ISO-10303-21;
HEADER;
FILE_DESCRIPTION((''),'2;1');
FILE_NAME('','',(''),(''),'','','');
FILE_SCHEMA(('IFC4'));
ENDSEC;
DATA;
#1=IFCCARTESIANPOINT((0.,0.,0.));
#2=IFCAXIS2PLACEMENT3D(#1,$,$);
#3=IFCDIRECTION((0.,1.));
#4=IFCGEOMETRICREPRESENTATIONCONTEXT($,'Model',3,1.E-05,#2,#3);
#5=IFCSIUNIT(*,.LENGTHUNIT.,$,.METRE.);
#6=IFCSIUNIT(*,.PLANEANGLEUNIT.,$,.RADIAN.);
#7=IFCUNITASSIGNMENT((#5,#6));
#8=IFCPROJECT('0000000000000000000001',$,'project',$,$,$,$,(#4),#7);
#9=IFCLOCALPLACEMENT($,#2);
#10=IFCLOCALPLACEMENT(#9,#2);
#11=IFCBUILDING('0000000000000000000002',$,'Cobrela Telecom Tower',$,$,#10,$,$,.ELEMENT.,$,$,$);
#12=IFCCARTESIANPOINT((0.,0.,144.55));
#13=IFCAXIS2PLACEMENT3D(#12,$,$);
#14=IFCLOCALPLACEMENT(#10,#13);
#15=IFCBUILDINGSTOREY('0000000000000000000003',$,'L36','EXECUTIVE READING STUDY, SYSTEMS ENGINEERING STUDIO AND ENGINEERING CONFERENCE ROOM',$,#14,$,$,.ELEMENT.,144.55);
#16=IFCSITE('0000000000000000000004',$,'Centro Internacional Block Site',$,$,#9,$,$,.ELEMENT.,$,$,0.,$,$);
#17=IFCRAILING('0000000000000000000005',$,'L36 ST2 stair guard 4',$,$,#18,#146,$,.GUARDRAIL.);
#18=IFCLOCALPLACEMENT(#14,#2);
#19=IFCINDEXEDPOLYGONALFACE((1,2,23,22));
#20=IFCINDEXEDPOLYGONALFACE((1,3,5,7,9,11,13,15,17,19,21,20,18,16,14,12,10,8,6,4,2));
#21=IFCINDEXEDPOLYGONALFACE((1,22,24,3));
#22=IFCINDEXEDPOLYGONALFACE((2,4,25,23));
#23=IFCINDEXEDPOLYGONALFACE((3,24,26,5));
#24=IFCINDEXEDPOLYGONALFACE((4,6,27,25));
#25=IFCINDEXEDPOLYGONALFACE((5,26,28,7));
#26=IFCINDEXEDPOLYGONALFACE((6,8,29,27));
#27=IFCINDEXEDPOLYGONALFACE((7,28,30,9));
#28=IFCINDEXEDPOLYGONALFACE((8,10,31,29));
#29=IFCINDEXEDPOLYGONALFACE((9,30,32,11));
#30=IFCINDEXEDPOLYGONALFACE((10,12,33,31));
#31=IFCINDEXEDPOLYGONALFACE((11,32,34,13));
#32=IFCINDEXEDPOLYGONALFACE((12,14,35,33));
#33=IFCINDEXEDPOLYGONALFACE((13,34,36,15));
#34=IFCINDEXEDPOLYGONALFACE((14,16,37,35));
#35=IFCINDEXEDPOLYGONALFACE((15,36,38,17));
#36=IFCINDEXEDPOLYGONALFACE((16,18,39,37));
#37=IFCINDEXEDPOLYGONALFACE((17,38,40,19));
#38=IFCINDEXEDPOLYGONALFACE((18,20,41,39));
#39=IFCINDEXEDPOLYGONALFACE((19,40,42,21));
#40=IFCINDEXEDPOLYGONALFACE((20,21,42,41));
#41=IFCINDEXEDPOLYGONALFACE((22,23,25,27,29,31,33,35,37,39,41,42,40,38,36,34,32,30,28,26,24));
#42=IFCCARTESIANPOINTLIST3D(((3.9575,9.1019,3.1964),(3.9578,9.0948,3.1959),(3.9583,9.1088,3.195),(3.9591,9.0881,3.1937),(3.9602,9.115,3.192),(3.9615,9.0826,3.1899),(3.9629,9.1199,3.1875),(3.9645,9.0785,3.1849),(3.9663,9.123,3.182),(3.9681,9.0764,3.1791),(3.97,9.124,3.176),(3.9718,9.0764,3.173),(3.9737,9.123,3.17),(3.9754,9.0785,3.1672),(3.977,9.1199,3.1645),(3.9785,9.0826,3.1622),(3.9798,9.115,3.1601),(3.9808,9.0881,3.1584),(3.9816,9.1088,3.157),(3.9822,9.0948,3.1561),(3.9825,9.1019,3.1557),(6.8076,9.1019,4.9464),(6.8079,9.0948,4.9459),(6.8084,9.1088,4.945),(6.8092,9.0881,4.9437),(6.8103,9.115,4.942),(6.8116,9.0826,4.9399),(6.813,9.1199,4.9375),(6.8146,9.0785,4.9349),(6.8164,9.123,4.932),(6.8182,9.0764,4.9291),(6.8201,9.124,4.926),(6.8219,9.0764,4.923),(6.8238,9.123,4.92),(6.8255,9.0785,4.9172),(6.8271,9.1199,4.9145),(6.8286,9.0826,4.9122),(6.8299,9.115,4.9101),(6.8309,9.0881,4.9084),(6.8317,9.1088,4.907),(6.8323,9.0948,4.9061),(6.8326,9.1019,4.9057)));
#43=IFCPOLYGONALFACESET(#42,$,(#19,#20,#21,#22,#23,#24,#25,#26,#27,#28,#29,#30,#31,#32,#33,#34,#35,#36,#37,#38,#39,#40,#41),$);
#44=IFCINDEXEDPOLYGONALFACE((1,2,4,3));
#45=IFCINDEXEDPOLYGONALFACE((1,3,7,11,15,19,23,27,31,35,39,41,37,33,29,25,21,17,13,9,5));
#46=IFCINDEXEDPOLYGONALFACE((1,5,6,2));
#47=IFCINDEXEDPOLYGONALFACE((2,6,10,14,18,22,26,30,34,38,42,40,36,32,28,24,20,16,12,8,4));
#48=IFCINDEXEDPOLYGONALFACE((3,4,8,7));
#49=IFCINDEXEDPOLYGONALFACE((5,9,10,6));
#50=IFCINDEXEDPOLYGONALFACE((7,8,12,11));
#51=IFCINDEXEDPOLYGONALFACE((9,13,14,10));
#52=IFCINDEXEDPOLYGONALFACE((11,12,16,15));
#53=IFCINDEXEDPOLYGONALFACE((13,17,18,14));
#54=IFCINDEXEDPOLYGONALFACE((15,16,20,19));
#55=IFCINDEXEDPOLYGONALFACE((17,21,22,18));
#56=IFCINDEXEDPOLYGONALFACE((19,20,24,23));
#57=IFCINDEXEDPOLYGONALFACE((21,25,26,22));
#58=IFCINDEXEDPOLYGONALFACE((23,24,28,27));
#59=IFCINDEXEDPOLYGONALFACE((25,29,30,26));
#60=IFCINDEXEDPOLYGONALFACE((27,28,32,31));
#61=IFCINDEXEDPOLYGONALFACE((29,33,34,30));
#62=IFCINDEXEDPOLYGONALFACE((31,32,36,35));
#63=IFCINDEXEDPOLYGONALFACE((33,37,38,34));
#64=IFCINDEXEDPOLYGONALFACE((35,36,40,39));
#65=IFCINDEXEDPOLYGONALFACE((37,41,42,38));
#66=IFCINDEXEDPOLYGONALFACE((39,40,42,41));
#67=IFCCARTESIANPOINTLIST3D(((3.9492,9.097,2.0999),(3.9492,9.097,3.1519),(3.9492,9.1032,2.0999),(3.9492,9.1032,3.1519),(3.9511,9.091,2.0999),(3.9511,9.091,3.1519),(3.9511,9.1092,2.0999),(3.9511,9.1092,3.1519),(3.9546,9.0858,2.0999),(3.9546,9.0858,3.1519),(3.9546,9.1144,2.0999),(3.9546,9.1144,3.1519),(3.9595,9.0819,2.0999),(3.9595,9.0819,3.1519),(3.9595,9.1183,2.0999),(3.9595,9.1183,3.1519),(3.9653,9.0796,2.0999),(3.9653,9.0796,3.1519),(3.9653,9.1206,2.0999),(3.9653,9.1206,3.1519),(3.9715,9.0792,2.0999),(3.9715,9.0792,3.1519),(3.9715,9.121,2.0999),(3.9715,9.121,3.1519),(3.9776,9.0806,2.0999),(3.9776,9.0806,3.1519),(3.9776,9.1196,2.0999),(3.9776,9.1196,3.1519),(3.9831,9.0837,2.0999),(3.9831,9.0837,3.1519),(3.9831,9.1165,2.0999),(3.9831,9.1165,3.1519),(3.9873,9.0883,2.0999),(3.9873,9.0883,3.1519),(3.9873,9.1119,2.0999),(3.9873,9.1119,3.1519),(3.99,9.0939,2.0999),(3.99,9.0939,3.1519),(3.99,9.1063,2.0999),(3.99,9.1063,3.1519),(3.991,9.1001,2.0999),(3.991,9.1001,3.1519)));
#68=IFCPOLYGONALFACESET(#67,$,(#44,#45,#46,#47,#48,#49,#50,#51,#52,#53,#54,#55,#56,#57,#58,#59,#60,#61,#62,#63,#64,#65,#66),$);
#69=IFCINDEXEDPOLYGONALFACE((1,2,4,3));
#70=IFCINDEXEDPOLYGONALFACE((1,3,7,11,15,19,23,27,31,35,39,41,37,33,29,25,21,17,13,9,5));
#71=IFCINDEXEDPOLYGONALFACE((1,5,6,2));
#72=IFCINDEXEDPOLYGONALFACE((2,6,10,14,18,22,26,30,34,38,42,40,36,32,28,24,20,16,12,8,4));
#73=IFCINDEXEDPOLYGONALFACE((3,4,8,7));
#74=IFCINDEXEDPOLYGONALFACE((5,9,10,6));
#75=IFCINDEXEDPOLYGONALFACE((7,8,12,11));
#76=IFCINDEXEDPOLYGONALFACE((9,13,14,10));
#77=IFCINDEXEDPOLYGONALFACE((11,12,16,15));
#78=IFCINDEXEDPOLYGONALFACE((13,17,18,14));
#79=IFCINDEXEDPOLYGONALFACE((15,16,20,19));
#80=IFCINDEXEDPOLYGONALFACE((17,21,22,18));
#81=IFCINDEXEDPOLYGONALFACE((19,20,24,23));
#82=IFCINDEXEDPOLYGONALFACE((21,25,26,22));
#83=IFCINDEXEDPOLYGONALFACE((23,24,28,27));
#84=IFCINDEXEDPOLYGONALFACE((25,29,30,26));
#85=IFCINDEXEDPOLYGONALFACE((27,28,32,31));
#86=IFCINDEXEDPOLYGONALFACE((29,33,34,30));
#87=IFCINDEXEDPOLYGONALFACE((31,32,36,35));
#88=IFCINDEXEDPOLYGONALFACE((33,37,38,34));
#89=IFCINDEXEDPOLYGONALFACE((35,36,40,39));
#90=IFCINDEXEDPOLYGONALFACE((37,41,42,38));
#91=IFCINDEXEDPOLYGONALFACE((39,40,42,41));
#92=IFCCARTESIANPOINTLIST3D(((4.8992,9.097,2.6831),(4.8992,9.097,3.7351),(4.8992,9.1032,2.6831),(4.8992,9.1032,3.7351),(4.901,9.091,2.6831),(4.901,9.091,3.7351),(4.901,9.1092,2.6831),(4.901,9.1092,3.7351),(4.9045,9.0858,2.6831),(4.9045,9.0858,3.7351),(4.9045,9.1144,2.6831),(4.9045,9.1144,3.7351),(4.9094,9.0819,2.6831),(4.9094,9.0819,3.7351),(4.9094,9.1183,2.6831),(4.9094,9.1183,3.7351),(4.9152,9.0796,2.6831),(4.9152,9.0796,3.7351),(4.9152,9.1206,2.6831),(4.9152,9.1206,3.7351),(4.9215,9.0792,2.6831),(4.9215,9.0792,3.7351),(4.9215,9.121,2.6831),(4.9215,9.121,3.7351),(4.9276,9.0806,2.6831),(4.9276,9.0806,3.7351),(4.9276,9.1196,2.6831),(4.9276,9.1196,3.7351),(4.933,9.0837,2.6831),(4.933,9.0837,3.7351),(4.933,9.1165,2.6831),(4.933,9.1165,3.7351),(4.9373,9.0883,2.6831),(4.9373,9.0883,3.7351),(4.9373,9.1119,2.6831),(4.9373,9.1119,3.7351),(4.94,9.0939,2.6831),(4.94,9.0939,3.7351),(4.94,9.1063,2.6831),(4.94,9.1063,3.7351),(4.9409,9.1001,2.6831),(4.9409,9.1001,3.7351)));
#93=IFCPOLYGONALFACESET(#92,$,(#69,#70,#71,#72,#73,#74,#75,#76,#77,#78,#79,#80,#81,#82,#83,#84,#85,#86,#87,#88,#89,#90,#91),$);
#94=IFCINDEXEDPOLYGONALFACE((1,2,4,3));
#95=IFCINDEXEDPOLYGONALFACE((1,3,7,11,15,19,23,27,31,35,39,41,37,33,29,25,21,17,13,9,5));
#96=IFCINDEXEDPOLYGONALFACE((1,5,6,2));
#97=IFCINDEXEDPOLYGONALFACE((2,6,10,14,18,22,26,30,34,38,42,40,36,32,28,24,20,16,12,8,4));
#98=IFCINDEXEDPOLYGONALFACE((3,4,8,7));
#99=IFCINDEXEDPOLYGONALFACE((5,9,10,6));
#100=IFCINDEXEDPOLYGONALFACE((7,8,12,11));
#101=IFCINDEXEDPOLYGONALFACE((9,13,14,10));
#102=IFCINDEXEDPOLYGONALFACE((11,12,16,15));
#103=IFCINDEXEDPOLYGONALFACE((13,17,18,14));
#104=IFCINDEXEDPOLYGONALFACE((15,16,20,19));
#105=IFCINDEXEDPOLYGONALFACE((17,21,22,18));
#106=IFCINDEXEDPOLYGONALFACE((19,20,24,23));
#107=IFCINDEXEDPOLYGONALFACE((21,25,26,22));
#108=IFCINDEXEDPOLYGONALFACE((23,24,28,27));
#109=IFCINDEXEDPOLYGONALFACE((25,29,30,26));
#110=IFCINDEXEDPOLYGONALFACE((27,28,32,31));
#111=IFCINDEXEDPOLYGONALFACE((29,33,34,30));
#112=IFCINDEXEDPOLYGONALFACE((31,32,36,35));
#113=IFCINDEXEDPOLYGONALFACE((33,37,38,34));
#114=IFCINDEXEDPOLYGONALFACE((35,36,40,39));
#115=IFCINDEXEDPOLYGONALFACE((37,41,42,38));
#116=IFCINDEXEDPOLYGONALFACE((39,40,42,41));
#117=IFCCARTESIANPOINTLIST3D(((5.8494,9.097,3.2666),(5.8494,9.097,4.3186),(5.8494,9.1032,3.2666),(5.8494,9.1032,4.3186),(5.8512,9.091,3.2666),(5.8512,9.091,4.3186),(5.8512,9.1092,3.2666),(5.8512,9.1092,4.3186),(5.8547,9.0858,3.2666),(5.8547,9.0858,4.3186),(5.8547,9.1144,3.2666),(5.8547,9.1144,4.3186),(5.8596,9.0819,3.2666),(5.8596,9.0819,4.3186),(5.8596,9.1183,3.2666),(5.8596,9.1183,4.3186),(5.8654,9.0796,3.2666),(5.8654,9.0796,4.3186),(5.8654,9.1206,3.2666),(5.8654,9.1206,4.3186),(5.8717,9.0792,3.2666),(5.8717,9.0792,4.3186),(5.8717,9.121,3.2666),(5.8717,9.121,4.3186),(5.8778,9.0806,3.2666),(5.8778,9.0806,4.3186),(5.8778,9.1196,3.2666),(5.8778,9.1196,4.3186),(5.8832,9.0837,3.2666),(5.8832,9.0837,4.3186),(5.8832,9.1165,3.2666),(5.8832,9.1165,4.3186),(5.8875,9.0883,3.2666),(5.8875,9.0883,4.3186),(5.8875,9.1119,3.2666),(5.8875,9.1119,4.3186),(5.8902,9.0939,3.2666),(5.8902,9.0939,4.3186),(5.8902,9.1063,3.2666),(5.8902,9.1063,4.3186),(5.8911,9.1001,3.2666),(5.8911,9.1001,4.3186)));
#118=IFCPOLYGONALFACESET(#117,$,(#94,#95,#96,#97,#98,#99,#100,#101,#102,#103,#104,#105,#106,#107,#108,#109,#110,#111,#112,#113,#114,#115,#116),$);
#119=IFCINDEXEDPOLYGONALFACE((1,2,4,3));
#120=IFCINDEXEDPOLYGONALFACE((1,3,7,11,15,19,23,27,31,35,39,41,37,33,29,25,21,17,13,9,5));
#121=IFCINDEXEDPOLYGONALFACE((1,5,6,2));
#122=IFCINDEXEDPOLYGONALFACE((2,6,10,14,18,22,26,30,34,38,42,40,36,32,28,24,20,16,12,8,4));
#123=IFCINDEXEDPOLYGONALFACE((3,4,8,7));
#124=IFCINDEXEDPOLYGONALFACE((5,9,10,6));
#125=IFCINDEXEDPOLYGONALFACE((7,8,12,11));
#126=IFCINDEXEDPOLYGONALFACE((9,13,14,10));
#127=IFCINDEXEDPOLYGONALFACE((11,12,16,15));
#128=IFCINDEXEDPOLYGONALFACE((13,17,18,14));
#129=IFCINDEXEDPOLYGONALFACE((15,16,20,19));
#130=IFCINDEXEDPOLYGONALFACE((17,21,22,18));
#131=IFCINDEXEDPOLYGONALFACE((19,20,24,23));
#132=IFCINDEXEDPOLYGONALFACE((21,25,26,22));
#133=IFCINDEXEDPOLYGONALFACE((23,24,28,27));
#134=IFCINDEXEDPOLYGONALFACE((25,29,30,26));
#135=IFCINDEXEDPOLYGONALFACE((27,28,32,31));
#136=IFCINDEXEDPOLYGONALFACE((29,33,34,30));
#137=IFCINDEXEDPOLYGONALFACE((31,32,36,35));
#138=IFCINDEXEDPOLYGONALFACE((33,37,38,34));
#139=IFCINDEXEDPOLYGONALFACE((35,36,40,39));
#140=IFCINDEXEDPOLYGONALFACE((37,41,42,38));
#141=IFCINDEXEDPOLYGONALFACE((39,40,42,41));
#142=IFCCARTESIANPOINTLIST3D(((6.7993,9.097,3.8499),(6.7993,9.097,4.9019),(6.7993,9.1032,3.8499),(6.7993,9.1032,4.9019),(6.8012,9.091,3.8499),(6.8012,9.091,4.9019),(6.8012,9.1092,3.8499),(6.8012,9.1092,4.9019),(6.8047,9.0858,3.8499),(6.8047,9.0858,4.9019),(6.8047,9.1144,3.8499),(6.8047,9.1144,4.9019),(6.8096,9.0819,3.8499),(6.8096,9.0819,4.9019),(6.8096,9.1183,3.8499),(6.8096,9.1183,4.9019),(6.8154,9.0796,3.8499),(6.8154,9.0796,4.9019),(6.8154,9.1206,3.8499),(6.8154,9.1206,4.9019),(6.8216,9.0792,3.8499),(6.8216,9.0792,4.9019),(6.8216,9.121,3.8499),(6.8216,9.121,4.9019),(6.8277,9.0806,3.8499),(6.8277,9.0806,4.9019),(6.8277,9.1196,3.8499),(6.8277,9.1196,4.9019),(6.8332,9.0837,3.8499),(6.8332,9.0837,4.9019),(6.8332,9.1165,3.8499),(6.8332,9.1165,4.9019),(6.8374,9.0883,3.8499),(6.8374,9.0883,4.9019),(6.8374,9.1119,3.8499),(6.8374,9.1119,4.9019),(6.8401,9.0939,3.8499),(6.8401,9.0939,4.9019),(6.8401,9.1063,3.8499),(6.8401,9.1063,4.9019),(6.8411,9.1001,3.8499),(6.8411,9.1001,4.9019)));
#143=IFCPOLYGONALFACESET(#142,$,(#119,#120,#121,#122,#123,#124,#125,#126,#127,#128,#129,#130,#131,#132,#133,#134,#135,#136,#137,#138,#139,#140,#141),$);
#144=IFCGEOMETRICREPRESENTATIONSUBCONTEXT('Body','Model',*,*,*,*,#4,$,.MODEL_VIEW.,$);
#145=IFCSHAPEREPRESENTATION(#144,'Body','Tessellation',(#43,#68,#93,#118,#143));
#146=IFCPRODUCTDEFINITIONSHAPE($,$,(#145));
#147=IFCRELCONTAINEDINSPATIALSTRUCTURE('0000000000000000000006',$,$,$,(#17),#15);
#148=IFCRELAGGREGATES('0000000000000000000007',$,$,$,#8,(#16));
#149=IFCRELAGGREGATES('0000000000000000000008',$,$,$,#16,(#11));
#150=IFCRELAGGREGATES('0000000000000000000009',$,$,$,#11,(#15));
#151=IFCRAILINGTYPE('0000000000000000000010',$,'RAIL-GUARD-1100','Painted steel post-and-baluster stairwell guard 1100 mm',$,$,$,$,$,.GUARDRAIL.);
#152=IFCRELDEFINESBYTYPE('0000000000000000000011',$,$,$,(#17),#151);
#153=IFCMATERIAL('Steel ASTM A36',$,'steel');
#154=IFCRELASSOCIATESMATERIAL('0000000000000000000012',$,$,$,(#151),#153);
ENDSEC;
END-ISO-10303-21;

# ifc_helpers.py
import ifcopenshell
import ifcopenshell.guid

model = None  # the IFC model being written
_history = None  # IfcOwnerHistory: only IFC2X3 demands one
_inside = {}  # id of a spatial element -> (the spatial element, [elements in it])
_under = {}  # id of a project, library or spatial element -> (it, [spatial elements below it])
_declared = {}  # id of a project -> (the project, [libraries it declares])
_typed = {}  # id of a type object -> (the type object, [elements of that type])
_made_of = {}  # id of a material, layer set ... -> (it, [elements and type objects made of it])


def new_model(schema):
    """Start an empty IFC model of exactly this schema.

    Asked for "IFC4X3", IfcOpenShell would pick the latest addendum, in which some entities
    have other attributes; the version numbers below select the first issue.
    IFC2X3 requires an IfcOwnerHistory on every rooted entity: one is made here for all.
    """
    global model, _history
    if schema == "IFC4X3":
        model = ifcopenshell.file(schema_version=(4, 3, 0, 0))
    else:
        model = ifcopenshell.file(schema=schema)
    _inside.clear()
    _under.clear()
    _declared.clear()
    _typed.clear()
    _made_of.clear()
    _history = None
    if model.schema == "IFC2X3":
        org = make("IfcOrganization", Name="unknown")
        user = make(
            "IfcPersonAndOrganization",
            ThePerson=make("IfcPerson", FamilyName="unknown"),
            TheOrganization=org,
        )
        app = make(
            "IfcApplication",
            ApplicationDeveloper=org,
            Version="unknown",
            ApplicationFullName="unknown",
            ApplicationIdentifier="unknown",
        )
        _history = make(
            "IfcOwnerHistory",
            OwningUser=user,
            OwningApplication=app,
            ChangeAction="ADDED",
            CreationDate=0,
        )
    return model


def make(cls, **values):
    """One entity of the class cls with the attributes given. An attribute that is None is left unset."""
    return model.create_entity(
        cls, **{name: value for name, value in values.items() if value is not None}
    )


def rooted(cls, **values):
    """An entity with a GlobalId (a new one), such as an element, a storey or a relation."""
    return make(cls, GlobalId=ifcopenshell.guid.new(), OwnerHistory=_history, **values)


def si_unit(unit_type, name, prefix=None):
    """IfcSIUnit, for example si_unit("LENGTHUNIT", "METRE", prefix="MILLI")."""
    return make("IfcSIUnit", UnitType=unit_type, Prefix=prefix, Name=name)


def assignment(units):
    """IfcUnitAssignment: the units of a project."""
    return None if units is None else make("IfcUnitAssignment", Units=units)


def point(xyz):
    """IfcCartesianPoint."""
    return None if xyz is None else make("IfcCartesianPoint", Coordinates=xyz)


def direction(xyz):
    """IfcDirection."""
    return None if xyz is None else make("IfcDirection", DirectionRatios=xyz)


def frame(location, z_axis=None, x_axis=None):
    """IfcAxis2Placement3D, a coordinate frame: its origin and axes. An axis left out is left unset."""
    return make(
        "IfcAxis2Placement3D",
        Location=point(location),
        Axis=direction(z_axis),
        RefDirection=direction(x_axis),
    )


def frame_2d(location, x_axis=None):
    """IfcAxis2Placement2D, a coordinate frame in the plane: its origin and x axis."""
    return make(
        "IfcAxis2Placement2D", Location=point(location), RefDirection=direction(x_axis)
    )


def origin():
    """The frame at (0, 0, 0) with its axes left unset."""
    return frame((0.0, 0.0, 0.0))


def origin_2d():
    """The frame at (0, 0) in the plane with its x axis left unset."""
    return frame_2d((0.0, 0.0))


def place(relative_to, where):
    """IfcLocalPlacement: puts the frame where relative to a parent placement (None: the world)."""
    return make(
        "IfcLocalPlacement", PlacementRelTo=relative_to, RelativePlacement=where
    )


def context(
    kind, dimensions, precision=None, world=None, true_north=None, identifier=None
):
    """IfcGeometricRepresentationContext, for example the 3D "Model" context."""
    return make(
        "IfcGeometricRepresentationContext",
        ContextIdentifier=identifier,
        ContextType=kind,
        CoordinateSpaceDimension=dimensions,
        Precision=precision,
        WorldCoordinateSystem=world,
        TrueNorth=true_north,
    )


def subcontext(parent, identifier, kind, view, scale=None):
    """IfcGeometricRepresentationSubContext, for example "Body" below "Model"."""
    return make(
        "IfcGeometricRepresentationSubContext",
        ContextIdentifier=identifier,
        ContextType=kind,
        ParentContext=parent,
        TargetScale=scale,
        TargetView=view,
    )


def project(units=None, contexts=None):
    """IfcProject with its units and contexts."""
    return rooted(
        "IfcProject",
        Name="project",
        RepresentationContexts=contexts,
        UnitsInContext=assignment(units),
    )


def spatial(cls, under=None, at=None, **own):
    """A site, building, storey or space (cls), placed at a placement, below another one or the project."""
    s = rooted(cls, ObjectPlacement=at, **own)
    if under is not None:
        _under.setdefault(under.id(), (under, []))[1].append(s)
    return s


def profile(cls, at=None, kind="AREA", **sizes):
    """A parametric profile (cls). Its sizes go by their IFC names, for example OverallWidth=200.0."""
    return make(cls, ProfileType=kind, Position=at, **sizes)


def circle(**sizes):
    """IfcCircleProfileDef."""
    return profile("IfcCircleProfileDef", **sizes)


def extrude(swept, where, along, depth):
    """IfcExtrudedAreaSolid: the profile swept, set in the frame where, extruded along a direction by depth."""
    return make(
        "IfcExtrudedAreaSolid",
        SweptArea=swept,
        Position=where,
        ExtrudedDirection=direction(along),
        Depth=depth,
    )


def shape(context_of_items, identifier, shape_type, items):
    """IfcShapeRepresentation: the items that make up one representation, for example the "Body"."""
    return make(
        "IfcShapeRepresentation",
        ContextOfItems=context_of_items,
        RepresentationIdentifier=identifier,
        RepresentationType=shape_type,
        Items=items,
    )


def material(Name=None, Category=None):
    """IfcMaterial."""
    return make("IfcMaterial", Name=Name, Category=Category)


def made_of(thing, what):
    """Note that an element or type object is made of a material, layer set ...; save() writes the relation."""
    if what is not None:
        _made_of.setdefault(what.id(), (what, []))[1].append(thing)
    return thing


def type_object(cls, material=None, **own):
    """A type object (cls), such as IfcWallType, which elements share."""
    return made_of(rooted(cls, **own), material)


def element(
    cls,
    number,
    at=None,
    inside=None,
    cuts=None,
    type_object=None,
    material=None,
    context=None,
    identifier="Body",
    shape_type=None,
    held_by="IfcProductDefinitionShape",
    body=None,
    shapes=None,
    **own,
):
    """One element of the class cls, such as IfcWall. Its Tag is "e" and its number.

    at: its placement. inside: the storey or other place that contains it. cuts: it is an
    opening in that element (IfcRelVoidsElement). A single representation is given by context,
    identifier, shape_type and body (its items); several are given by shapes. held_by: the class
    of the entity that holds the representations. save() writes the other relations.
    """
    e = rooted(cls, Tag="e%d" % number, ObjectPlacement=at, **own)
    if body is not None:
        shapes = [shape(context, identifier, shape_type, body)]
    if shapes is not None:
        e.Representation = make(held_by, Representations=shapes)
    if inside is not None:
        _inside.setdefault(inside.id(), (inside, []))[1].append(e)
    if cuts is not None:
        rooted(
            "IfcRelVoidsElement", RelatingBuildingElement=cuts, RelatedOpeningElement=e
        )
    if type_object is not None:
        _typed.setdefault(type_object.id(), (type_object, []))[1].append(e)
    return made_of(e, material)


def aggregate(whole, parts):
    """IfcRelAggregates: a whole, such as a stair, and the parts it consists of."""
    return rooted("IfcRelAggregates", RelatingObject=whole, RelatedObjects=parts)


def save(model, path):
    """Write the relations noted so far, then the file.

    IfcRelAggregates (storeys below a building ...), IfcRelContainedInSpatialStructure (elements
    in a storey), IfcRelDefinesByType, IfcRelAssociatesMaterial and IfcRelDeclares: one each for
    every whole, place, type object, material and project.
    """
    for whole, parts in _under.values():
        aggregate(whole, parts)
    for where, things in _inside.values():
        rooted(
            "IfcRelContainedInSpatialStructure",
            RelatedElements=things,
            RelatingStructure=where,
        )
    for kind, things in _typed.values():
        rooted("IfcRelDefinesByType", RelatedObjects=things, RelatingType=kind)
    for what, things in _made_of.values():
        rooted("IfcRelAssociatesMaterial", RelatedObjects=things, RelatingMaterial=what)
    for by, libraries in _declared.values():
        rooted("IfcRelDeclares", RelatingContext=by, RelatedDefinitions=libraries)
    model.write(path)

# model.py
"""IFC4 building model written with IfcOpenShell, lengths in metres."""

from ifc_helpers import new_model, si_unit, direction, frame, origin, origin_2d, place, context, subcontext, project, spatial, circle, extrude, material, type_object, element, save


model = new_model("IFC4")

# Units and contexts
model_context = context("Model", 3, precision=1e-05, world=origin(), true_north=direction((0.0, 1.0)))
body_context = subcontext(model_context, "Body", "Model", "MODEL_VIEW")
ifc_project = project(units=[si_unit("LENGTHUNIT", "METRE"), si_unit("PLANEANGLEUNIT", "RADIAN")], contexts=[model_context])

# Site, building, storey
site_placement = place(None, origin())
site = spatial("IfcSite", under=ifc_project, at=site_placement, Name="Centro Internacional Block Site", CompositionType="ELEMENT", RefElevation=0.0)
building_placement = place(site_placement, origin())
building = spatial("IfcBuilding", under=site, at=building_placement, Name="Cobrela Telecom Tower", CompositionType="ELEMENT")
storey_placement = place(building_placement, frame((0.0, 0.0, 144.55)))
storey = spatial("IfcBuildingStorey", under=building, at=storey_placement, Name="L36", Description="EXECUTIVE READING STUDY, SYSTEMS ENGINEERING STUDIO AND ENGINEERING CONFERENCE ROOM", CompositionType="ELEMENT", Elevation=144.55)

# Railing
ifc_material_1 = material(Name="Steel ASTM A36", Category="steel")
railing_type_1 = type_object("IfcRailingType", Name="RAIL-GUARD-1100", Description="Painted steel post-and-baluster stairwell guard 1100 mm", PredefinedType="GUARDRAIL", material=ifc_material_1)
railing_1_placement = place(storey_placement, frame((3.97, 9.1001, 2.0999)))
element("IfcRailing", 1, at=railing_1_placement, inside=storey, type_object=railing_type_1, Name="L36 ST2 stair guard 4", PredefinedType="GUARDRAIL", context=body_context, shape_type="SweptSolid", body=[
    extrude(circle(Radius=0.0239, at=origin_2d()), frame((0.0, 0.0, 1.0762), z_axis=(0.852179, 0.0, 0.52325), x_axis=(0.0, 1.0, 0.0)), (0.0, 0.0, 1.0), 3.3445),
    extrude(circle(Radius=0.021, at=origin_2d()), origin(), (0.0, 0.0, 1.0), 1.052),
    extrude(circle(Radius=0.021, at=origin_2d()), frame((0.95, 0.0, 0.5833)), (0.0, 0.0, 1.0), 1.052),
    extrude(circle(Radius=0.021, at=origin_2d()), frame((1.9001, 0.0, 1.1667)), (0.0, 0.0, 1.0), 1.052),
    extrude(circle(Radius=0.021, at=origin_2d()), frame((2.8501, 0.0, 1.75)), (0.0, 0.0, 1.0), 1.052),
])

save(model, "model.ifc")
